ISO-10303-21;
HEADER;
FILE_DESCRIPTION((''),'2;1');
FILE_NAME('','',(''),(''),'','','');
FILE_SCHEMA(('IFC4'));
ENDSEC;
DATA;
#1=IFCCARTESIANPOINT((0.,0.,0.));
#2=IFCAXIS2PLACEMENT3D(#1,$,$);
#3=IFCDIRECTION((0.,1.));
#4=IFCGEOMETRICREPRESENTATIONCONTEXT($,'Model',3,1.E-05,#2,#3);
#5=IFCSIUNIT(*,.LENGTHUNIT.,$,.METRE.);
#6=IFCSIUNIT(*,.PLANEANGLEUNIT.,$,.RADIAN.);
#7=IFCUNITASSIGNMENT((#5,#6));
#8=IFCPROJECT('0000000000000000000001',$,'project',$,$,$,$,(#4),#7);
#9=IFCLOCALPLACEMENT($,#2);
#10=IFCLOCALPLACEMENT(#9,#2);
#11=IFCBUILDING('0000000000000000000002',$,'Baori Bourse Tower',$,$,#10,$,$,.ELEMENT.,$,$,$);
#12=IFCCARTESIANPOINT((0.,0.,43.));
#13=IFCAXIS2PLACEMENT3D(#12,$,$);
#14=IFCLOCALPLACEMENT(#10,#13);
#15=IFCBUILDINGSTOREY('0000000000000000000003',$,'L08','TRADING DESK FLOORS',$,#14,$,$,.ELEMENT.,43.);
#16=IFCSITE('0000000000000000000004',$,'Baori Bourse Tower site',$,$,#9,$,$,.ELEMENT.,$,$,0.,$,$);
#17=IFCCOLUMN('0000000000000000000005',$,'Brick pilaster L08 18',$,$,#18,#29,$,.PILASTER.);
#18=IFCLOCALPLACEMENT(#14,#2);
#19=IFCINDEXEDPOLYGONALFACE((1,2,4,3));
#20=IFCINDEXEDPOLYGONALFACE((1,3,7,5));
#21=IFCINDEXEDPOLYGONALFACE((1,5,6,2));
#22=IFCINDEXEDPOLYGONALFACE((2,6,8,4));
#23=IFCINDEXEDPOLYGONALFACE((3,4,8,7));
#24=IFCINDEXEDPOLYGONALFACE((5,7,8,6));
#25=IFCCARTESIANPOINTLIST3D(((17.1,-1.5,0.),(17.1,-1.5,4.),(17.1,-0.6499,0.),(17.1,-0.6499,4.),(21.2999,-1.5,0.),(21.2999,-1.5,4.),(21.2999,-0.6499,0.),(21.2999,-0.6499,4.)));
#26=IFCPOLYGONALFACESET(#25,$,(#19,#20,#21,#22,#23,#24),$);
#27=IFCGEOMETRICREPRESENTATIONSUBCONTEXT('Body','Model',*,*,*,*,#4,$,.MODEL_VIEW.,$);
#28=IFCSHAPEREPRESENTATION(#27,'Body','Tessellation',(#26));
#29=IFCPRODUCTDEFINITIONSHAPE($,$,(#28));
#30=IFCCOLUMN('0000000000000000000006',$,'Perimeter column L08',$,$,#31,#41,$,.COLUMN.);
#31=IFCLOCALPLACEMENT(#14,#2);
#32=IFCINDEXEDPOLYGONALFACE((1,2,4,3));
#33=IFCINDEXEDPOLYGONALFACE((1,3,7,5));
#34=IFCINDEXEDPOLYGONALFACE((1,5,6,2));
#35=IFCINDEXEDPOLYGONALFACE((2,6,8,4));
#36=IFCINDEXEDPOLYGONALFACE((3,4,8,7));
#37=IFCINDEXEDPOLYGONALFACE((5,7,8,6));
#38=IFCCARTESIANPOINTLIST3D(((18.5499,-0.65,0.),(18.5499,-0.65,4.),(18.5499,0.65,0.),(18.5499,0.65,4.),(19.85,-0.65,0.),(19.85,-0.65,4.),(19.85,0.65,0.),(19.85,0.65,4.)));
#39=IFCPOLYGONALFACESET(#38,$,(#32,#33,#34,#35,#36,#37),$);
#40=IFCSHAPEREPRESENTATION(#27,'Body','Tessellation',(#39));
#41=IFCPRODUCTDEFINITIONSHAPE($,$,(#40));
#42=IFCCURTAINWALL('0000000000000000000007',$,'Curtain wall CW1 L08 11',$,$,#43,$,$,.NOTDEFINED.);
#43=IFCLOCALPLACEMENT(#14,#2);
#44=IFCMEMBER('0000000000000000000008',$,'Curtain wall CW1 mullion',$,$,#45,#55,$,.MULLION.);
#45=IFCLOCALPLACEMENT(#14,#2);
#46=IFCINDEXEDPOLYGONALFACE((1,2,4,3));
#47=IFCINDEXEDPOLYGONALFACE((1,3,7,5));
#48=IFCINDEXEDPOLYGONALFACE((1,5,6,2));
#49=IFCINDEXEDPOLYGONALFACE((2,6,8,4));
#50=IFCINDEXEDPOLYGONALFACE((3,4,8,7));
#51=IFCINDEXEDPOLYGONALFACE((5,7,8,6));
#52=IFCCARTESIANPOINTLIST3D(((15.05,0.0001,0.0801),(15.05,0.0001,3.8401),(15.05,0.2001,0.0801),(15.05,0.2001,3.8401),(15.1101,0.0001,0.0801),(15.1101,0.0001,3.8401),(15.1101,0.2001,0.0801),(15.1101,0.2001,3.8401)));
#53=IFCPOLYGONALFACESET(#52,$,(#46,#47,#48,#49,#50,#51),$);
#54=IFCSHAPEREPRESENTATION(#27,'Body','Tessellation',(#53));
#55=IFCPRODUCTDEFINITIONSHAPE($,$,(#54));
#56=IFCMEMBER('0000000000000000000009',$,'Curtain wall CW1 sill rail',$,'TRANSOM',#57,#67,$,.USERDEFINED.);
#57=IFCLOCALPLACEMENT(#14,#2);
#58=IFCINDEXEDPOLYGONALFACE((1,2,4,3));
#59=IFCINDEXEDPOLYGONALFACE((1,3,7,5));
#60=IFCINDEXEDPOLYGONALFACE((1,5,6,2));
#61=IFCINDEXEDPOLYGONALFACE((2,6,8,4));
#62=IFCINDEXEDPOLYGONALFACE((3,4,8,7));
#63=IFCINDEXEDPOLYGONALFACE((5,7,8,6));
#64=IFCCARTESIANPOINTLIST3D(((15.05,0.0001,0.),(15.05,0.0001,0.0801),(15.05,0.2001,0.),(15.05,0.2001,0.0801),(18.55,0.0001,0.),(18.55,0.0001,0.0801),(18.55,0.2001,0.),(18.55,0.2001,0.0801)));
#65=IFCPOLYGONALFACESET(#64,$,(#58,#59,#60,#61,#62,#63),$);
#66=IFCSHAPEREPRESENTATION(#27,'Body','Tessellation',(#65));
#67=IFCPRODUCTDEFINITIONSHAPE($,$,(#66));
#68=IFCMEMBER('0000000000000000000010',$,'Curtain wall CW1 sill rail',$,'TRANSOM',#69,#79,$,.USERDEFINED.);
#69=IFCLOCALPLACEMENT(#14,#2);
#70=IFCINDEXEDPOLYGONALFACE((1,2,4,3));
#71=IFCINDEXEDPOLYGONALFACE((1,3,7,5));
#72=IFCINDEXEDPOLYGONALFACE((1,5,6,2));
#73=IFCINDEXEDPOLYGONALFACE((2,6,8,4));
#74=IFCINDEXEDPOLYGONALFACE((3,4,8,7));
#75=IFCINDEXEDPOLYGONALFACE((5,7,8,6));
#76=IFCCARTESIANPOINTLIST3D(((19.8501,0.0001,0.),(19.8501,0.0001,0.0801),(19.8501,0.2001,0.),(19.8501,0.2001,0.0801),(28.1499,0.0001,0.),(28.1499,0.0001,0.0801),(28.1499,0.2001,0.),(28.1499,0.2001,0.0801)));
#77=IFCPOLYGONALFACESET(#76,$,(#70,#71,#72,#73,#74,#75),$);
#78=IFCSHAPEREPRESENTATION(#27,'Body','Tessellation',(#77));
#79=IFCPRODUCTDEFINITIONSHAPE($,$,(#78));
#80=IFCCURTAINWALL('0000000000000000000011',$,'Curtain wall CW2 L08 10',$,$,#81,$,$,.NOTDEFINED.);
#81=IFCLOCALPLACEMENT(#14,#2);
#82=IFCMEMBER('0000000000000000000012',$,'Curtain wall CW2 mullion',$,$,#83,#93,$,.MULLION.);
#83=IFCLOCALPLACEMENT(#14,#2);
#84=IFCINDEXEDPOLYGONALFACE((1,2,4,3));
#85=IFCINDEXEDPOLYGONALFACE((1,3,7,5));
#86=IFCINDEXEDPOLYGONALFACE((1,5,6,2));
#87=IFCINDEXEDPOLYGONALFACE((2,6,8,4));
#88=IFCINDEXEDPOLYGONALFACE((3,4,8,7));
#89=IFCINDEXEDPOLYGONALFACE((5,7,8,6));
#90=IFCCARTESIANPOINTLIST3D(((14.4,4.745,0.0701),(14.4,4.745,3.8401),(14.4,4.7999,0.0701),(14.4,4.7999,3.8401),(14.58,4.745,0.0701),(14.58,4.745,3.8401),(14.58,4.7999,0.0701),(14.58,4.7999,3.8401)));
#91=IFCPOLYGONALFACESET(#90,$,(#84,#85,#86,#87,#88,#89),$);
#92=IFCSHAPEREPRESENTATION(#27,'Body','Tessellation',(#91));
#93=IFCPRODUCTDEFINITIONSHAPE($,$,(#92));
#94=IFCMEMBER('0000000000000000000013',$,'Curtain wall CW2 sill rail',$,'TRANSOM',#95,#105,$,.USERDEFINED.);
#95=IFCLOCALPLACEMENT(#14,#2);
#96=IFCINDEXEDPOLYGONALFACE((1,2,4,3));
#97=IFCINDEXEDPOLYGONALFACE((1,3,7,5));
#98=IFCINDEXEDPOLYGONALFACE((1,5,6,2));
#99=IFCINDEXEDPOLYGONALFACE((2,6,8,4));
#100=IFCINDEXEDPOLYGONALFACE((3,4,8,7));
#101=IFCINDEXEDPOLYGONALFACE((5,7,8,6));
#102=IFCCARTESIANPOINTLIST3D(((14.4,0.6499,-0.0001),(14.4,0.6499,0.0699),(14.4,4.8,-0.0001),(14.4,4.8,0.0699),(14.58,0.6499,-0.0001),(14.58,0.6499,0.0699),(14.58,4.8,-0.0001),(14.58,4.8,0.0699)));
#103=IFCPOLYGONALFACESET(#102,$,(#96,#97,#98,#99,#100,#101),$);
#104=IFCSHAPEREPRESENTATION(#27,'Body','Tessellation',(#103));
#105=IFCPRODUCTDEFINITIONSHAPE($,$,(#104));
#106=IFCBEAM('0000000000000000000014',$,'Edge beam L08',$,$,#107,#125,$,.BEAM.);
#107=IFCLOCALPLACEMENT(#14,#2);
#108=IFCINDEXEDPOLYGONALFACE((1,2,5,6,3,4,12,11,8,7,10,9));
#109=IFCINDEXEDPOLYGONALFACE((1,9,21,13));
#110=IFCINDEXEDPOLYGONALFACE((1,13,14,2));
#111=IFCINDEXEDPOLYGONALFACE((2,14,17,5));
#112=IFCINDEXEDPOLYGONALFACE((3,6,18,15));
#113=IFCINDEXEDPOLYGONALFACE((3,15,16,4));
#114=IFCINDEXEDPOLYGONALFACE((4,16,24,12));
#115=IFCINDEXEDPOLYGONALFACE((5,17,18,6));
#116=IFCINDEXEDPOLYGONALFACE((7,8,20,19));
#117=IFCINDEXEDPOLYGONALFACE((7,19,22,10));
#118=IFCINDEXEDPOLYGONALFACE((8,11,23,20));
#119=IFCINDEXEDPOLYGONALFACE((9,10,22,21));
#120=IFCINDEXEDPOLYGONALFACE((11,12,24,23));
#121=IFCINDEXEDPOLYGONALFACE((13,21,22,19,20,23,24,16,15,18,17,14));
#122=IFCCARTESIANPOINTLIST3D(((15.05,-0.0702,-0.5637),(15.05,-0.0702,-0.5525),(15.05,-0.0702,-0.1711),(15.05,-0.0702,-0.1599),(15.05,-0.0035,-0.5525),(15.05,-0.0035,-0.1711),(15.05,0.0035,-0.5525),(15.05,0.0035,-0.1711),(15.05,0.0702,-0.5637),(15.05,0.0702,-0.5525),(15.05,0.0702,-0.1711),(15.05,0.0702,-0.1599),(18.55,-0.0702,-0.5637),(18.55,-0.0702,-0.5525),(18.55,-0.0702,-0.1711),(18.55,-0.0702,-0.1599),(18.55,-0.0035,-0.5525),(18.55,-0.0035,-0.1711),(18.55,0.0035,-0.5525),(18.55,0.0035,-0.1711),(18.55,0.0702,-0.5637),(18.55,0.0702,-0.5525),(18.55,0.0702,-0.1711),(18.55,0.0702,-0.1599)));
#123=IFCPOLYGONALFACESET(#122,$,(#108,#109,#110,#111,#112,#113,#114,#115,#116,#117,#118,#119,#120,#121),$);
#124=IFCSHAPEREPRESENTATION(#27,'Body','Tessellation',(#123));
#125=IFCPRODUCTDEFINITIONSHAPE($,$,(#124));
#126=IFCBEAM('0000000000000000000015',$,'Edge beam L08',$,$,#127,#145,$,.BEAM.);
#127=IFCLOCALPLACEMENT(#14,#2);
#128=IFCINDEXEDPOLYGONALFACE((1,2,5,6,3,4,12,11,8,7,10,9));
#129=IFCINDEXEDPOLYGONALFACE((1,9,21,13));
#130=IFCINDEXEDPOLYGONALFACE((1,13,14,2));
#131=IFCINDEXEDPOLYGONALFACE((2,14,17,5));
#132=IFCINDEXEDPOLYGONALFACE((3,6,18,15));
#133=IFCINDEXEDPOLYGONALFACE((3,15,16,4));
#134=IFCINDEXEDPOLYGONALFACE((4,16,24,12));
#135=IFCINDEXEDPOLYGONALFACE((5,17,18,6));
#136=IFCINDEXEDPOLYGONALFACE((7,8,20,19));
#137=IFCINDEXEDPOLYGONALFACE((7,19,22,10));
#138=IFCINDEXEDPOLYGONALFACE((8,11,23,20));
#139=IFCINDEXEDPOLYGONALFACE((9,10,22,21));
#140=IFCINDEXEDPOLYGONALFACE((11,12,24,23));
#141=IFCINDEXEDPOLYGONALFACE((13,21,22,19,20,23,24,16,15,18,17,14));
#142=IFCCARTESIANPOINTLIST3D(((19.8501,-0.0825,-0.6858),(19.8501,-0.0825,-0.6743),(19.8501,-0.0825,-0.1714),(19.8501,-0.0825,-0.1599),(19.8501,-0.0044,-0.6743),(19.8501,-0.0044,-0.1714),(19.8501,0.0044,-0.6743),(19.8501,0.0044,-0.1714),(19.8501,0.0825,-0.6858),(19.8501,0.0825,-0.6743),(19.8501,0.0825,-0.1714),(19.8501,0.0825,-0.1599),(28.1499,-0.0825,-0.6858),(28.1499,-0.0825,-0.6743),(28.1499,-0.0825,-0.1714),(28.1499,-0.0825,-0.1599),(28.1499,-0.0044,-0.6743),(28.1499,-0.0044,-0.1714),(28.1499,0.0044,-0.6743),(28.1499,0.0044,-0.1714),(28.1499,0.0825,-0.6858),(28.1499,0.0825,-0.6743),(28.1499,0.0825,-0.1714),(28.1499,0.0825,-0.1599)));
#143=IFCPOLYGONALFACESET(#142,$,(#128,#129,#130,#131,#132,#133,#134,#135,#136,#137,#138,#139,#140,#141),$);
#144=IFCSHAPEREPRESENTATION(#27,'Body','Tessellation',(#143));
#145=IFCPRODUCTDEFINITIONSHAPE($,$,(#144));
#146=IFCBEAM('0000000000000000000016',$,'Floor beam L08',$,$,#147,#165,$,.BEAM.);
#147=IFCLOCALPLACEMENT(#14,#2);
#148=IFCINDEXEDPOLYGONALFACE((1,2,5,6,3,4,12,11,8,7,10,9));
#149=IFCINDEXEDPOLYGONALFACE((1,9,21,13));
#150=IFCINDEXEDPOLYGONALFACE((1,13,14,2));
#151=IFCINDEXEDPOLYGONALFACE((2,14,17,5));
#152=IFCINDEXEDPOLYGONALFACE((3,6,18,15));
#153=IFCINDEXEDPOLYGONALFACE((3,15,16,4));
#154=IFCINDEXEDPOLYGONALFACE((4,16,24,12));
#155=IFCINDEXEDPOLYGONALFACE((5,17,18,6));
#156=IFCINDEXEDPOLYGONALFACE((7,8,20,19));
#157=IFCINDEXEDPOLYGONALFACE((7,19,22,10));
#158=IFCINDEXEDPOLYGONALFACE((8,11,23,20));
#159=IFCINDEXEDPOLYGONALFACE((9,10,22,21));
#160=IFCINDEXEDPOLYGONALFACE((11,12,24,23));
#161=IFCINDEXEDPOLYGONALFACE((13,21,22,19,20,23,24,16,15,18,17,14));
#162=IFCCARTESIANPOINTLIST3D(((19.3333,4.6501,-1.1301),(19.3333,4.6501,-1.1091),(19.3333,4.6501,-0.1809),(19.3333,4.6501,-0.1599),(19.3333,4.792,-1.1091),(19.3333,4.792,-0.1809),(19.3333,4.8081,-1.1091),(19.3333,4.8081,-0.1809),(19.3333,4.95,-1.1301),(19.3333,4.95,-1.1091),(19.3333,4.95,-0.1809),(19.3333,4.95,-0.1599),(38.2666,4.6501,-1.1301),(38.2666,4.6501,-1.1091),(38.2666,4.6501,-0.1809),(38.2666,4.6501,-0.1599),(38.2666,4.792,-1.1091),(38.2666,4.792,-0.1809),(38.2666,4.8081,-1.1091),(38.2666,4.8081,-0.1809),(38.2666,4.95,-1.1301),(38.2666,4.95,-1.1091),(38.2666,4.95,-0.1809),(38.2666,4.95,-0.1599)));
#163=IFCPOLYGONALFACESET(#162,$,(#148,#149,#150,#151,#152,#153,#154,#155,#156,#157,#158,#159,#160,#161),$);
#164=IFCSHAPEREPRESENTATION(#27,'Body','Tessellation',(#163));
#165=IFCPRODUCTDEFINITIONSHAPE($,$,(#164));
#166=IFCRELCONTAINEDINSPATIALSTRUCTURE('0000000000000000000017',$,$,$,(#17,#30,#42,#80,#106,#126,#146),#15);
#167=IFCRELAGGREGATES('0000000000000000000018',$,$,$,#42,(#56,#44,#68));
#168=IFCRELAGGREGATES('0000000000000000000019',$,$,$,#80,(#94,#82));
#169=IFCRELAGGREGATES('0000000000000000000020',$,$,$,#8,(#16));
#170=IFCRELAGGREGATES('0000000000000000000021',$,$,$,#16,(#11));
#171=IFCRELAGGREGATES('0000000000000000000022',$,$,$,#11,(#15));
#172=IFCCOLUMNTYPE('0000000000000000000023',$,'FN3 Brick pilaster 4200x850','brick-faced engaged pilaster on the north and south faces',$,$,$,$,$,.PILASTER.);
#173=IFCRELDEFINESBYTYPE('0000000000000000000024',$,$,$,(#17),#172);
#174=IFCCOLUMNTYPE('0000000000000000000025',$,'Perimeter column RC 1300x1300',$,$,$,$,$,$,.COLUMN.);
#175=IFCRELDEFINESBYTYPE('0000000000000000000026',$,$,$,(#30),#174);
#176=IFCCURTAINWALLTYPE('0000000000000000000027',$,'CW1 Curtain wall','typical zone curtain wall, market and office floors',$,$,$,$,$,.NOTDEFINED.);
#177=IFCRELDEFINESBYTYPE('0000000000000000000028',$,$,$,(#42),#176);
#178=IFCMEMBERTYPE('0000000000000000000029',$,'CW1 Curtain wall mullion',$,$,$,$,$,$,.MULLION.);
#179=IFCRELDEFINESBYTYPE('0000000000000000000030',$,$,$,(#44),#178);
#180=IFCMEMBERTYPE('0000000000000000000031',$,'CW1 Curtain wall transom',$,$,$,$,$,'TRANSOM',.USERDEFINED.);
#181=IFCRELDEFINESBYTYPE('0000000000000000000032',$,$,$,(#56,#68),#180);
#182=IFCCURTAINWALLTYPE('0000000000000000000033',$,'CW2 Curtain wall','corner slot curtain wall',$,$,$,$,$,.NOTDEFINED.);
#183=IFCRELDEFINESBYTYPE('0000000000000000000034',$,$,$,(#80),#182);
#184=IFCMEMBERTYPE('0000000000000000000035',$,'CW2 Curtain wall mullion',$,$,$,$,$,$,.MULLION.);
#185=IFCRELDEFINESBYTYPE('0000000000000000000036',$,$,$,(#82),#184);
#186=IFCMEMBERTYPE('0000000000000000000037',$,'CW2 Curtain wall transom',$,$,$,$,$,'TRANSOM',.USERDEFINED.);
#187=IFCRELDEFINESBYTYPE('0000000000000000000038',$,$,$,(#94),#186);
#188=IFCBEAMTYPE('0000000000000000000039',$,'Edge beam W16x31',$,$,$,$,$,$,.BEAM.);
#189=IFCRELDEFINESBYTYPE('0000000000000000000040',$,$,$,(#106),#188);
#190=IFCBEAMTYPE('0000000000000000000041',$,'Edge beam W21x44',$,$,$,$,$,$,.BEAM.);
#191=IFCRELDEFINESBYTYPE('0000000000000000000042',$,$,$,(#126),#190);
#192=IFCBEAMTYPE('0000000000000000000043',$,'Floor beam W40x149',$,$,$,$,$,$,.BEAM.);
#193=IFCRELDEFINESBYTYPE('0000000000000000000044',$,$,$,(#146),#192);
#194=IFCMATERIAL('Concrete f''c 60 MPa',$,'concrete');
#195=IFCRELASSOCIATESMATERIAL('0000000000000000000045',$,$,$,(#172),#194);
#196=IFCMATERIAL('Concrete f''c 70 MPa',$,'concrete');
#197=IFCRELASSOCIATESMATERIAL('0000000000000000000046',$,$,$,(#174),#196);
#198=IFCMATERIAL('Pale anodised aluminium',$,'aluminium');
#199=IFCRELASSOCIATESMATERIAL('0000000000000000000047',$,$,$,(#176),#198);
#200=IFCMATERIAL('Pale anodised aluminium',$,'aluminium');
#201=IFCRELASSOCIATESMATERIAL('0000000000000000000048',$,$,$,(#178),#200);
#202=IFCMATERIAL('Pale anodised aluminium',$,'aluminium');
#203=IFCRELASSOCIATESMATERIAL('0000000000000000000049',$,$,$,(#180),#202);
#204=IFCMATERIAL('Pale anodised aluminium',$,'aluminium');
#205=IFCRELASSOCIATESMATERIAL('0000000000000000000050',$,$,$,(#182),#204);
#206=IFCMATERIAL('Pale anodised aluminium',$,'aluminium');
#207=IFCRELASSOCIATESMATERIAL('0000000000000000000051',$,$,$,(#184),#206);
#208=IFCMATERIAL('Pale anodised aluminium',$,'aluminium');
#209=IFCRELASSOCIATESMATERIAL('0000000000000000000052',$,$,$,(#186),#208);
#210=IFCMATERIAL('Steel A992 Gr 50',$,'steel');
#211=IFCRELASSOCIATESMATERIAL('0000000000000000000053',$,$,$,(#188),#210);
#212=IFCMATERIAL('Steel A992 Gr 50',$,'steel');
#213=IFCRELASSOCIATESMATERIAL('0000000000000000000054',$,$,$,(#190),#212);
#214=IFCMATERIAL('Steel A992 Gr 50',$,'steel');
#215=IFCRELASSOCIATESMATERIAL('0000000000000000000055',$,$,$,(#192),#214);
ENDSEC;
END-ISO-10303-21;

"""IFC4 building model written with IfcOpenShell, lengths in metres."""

from ifc_helpers import new_model, si_unit, direction, frame, origin, origin_2d, place, context, subcontext, project, spatial, rectangle, i_section, extrude, material, material_profile, profile_set, type_object, element, aggregate, save


model = new_model("IFC4")

# Units and contexts
model_context = context("Model", 3, precision=1e-05, world=origin(), true_north=direction((0.0, 1.0)))
body_context = subcontext(model_context, "Body", "Model", "MODEL_VIEW")
ifc_project = project(units=[si_unit("LENGTHUNIT", "METRE"), si_unit("PLANEANGLEUNIT", "RADIAN")], contexts=[model_context])

# Site, building, storey
site_placement = place(None, origin())
site = spatial("IfcSite", under=ifc_project, at=site_placement, Name="Baori Bourse Tower site", CompositionType="ELEMENT", RefElevation=0.0)
building_placement = place(site_placement, origin())
building = spatial("IfcBuilding", under=site, at=building_placement, Name="Baori Bourse Tower", CompositionType="ELEMENT")
storey_placement = place(building_placement, frame((0.0, 0.0, 43.0)))
storey = spatial("IfcBuildingStorey", under=building, at=storey_placement, Name="L08", Description="TRADING DESK FLOORS", CompositionType="ELEMENT", Elevation=43.0)

# Columns
ifc_material_1 = material(Name="Concrete f'c 60 MPa", Category="concrete")
ifc_material_profile_1 = material_profile(ifc_material_1, rectangle(XDim=4.2, YDim=0.8501, at=origin_2d()), Name="RC 4200x850")
ifc_profile_set_1 = profile_set([ifc_material_profile_1], Name="Concrete f'c 60 MPa")
column_type_1 = type_object("IfcColumnType", Name="FN3 Brick pilaster 4200x850", Description="brick-faced engaged pilaster on the north and south faces", PredefinedType="PILASTER", material=ifc_profile_set_1)
column_1_placement = place(storey_placement, frame((19.2, -1.075, 0.0), z_axis=(0.0, 0.0, 1.0), x_axis=(1.0, 0.0, 0.0)))
element("IfcColumn", 1, at=column_1_placement, inside=storey, type_object=column_type_1, Name="Brick pilaster L08 18", PredefinedType="PILASTER", context=body_context, shape_type="SweptSolid", body=[
    extrude(rectangle(XDim=4.2, YDim=0.8501, at=origin_2d()), origin(), (0.0, 0.0, 1.0), 4.0),
])
ifc_material_2 = material(Name="Concrete f'c 70 MPa", Category="concrete")
ifc_material_profile_2 = material_profile(ifc_material_2, rectangle(XDim=1.3, YDim=1.3, at=origin_2d()), Name="RC 1300x1300")
ifc_profile_set_2 = profile_set([ifc_material_profile_2], Name="Concrete f'c 70 MPa")
column_type_2 = type_object("IfcColumnType", Name="Perimeter column RC 1300x1300", PredefinedType="COLUMN", material=ifc_profile_set_2)
column_2_placement = place(storey_placement, frame((19.2, 0.0, 0.0), z_axis=(0.0, 0.0, 1.0), x_axis=(1.0, 0.0, 0.0)))
element("IfcColumn", 2, at=column_2_placement, inside=storey, type_object=column_type_2, Name="Perimeter column L08", PredefinedType="COLUMN", context=body_context, shape_type="SweptSolid", body=[
    extrude(rectangle(XDim=1.3, YDim=1.3, at=origin_2d()), origin(), (0.0, 0.0, 1.0), 4.0),
])

# Curtain walls, members
ifc_material_3 = material(Name="Pale anodised aluminium", Category="aluminium")
curtain_wall_type_1 = type_object("IfcCurtainWallType", Name="CW1 Curtain wall", Description="typical zone curtain wall, market and office floors", PredefinedType="NOTDEFINED", material=ifc_material_3)
curtain_wall_1_placement = place(storey_placement, origin())
curtain_wall_1 = element("IfcCurtainWall", 3, at=curtain_wall_1_placement, inside=storey, type_object=curtain_wall_type_1, Name="Curtain wall CW1 L08 11", PredefinedType="NOTDEFINED")
ifc_material_4 = material(Name="Pale anodised aluminium", Category="aluminium")
ifc_material_profile_3 = material_profile(ifc_material_4, rectangle(XDim=0.2, YDim=0.0601, at=origin_2d()), Name="Mullion 60x200")
ifc_profile_set_3 = profile_set([ifc_material_profile_3], Name="Pale anodised aluminium")
member_type_1 = type_object("IfcMemberType", Name="CW1 Curtain wall mullion", PredefinedType="MULLION", material=ifc_profile_set_3)
member_1_placement = place(storey_placement, frame((15.0801, 0.1001, 0.0801), z_axis=(0.0, 0.0, 1.0), x_axis=(0.0, 1.0, 0.0)))
member_1 = element("IfcMember", 4, at=member_1_placement, type_object=member_type_1, Name="Curtain wall CW1 mullion", PredefinedType="MULLION", context=body_context, shape_type="SweptSolid", body=[
    extrude(rectangle(XDim=0.2, YDim=0.0601, at=origin_2d()), origin(), (0.0, 0.0, 1.0), 3.76),
])
ifc_material_5 = material(Name="Pale anodised aluminium", Category="aluminium")
ifc_material_profile_4 = material_profile(ifc_material_5, rectangle(XDim=0.2, YDim=0.0801, at=origin_2d()), Name="Transom 80x200")
ifc_profile_set_4 = profile_set([ifc_material_profile_4], Name="Pale anodised aluminium")
member_type_2 = type_object("IfcMemberType", Name="CW1 Curtain wall transom", ElementType="TRANSOM", PredefinedType="USERDEFINED", material=ifc_profile_set_4)
member_2_placement = place(storey_placement, frame((15.05, 0.1001, 0.04), z_axis=(1.0, 0.0, 0.0), x_axis=(0.0, 1.0, 0.0)))
member_2 = element("IfcMember", 5, at=member_2_placement, type_object=member_type_2, Name="Curtain wall CW1 sill rail", ObjectType="TRANSOM", PredefinedType="USERDEFINED", context=body_context, shape_type="SweptSolid", body=[
    extrude(rectangle(XDim=0.2, YDim=0.0801, at=origin_2d()), origin(), (0.0, 0.0, 1.0), 3.5),
])
member_3_placement = place(storey_placement, frame((19.8501, 0.1001, 0.04), z_axis=(1.0, 0.0, 0.0), x_axis=(0.0, 1.0, 0.0)))
member_3 = element("IfcMember", 6, at=member_3_placement, type_object=member_type_2, Name="Curtain wall CW1 sill rail", ObjectType="TRANSOM", PredefinedType="USERDEFINED", context=body_context, shape_type="SweptSolid", body=[
    extrude(rectangle(XDim=0.2, YDim=0.0801, at=origin_2d()), origin(), (0.0, 0.0, 1.0), 8.2998),
])
ifc_material_6 = material(Name="Pale anodised aluminium", Category="aluminium")
curtain_wall_type_2 = type_object("IfcCurtainWallType", Name="CW2 Curtain wall", Description="corner slot curtain wall", PredefinedType="NOTDEFINED", material=ifc_material_6)
curtain_wall_2_placement = place(storey_placement, origin())
curtain_wall_2 = element("IfcCurtainWall", 7, at=curtain_wall_2_placement, inside=storey, type_object=curtain_wall_type_2, Name="Curtain wall CW2 L08 10", PredefinedType="NOTDEFINED")
ifc_material_7 = material(Name="Pale anodised aluminium", Category="aluminium")
ifc_material_profile_5 = material_profile(ifc_material_7, rectangle(XDim=0.1799, YDim=0.0549, at=origin_2d()), Name="Mullion 55x180")
ifc_profile_set_5 = profile_set([ifc_material_profile_5], Name="Pale anodised aluminium")
member_type_3 = type_object("IfcMemberType", Name="CW2 Curtain wall mullion", PredefinedType="MULLION", material=ifc_profile_set_5)
member_4_placement = place(storey_placement, frame((14.49, 4.7725, 0.0701), z_axis=(0.0, 0.0, 1.0), x_axis=(1.0, 0.0, 0.0)))
member_4 = element("IfcMember", 8, at=member_4_placement, type_object=member_type_3, Name="Curtain wall CW2 mullion", PredefinedType="MULLION", context=body_context, shape_type="SweptSolid", body=[
    extrude(rectangle(XDim=0.1799, YDim=0.0549, at=origin_2d()), origin(), (0.0, 0.0, 1.0), 3.77),
])
ifc_material_8 = material(Name="Pale anodised aluminium", Category="aluminium")
ifc_material_profile_6 = material_profile(ifc_material_8, rectangle(XDim=0.1799, YDim=0.0701, at=origin_2d()), Name="Transom 70x180")
ifc_profile_set_6 = profile_set([ifc_material_profile_6], Name="Pale anodised aluminium")
member_type_4 = type_object("IfcMemberType", Name="CW2 Curtain wall transom", ElementType="TRANSOM", PredefinedType="USERDEFINED", material=ifc_profile_set_6)
member_5_placement = place(storey_placement, frame((14.49, 4.8, 0.0349), z_axis=(0.0, -1.0, 0.0), x_axis=(1.0, 0.0, 0.0)))
member_5 = element("IfcMember", 9, at=member_5_placement, type_object=member_type_4, Name="Curtain wall CW2 sill rail", ObjectType="TRANSOM", PredefinedType="USERDEFINED", context=body_context, shape_type="SweptSolid", body=[
    extrude(rectangle(XDim=0.1799, YDim=0.0701, at=origin_2d()), origin(), (0.0, 0.0, 1.0), 4.1501),
])

# Beams
ifc_material_9 = material(Name="Steel A992 Gr 50", Category="steel")
ifc_material_profile_7 = material_profile(ifc_material_9, i_section(OverallWidth=0.1404, OverallDepth=0.4038, WebThickness=0.0071, FlangeThickness=0.0112, at=origin_2d()), Name="W16x31")
ifc_profile_set_7 = profile_set([ifc_material_profile_7], Name="Steel A992 Gr 50")
beam_type_1 = type_object("IfcBeamType", Name="Edge beam W16x31", PredefinedType="BEAM", material=ifc_profile_set_7)
beam_1_placement = place(storey_placement, frame((15.05, 0.0, -0.3618), z_axis=(1.0, 0.0, 0.0), x_axis=(0.0, 1.0, 0.0)))
element("IfcBeam", 10, at=beam_1_placement, inside=storey, type_object=beam_type_1, Name="Edge beam L08", PredefinedType="BEAM", context=body_context, shape_type="SweptSolid", body=[
    extrude(i_section(OverallWidth=0.1404, OverallDepth=0.4038, WebThickness=0.0071, FlangeThickness=0.0112, at=origin_2d()), origin(), (0.0, 0.0, 1.0), 3.5),
])
ifc_material_10 = material(Name="Steel A992 Gr 50", Category="steel")
ifc_material_profile_8 = material_profile(ifc_material_10, i_section(OverallWidth=0.165, OverallDepth=0.5259, WebThickness=0.0088, FlangeThickness=0.0115, at=origin_2d()), Name="W21x44")
ifc_profile_set_8 = profile_set([ifc_material_profile_8], Name="Steel A992 Gr 50")
beam_type_2 = type_object("IfcBeamType", Name="Edge beam W21x44", PredefinedType="BEAM", material=ifc_profile_set_8)
beam_2_placement = place(storey_placement, frame((19.8501, 0.0, -0.4229), z_axis=(1.0, 0.0, 0.0), x_axis=(0.0, 1.0, 0.0)))
element("IfcBeam", 11, at=beam_2_placement, inside=storey, type_object=beam_type_2, Name="Edge beam L08", PredefinedType="BEAM", context=body_context, shape_type="SweptSolid", body=[
    extrude(i_section(OverallWidth=0.165, OverallDepth=0.5259, WebThickness=0.0088, FlangeThickness=0.0115, at=origin_2d()), origin(), (0.0, 0.0, 1.0), 8.2998),
])
ifc_material_11 = material(Name="Steel A992 Gr 50", Category="steel")
ifc_material_profile_9 = material_profile(ifc_material_11, i_section(OverallWidth=0.2998, OverallDepth=0.9702, WebThickness=0.0161, FlangeThickness=0.021, at=origin_2d()), Name="W40x149")
ifc_profile_set_9 = profile_set([ifc_material_profile_9], Name="Steel A992 Gr 50")
beam_type_3 = type_object("IfcBeamType", Name="Floor beam W40x149", PredefinedType="BEAM", material=ifc_profile_set_9)
beam_3_placement = place(storey_placement, frame((19.3333, 4.8, -0.645), z_axis=(1.0, 0.0, 0.0), x_axis=(0.0, 1.0, 0.0)))
element("IfcBeam", 12, at=beam_3_placement, inside=storey, type_object=beam_type_3, Name="Floor beam L08", PredefinedType="BEAM", context=body_context, shape_type="SweptSolid", body=[
    extrude(i_section(OverallWidth=0.2998, OverallDepth=0.9702, WebThickness=0.0161, FlangeThickness=0.021, at=origin_2d()), origin(), (0.0, 0.0, 1.0), 18.9333),
])

aggregate(curtain_wall_1, [member_2, member_1, member_3])
aggregate(curtain_wall_2, [member_5, member_4])

save(model, "model.ifc")
